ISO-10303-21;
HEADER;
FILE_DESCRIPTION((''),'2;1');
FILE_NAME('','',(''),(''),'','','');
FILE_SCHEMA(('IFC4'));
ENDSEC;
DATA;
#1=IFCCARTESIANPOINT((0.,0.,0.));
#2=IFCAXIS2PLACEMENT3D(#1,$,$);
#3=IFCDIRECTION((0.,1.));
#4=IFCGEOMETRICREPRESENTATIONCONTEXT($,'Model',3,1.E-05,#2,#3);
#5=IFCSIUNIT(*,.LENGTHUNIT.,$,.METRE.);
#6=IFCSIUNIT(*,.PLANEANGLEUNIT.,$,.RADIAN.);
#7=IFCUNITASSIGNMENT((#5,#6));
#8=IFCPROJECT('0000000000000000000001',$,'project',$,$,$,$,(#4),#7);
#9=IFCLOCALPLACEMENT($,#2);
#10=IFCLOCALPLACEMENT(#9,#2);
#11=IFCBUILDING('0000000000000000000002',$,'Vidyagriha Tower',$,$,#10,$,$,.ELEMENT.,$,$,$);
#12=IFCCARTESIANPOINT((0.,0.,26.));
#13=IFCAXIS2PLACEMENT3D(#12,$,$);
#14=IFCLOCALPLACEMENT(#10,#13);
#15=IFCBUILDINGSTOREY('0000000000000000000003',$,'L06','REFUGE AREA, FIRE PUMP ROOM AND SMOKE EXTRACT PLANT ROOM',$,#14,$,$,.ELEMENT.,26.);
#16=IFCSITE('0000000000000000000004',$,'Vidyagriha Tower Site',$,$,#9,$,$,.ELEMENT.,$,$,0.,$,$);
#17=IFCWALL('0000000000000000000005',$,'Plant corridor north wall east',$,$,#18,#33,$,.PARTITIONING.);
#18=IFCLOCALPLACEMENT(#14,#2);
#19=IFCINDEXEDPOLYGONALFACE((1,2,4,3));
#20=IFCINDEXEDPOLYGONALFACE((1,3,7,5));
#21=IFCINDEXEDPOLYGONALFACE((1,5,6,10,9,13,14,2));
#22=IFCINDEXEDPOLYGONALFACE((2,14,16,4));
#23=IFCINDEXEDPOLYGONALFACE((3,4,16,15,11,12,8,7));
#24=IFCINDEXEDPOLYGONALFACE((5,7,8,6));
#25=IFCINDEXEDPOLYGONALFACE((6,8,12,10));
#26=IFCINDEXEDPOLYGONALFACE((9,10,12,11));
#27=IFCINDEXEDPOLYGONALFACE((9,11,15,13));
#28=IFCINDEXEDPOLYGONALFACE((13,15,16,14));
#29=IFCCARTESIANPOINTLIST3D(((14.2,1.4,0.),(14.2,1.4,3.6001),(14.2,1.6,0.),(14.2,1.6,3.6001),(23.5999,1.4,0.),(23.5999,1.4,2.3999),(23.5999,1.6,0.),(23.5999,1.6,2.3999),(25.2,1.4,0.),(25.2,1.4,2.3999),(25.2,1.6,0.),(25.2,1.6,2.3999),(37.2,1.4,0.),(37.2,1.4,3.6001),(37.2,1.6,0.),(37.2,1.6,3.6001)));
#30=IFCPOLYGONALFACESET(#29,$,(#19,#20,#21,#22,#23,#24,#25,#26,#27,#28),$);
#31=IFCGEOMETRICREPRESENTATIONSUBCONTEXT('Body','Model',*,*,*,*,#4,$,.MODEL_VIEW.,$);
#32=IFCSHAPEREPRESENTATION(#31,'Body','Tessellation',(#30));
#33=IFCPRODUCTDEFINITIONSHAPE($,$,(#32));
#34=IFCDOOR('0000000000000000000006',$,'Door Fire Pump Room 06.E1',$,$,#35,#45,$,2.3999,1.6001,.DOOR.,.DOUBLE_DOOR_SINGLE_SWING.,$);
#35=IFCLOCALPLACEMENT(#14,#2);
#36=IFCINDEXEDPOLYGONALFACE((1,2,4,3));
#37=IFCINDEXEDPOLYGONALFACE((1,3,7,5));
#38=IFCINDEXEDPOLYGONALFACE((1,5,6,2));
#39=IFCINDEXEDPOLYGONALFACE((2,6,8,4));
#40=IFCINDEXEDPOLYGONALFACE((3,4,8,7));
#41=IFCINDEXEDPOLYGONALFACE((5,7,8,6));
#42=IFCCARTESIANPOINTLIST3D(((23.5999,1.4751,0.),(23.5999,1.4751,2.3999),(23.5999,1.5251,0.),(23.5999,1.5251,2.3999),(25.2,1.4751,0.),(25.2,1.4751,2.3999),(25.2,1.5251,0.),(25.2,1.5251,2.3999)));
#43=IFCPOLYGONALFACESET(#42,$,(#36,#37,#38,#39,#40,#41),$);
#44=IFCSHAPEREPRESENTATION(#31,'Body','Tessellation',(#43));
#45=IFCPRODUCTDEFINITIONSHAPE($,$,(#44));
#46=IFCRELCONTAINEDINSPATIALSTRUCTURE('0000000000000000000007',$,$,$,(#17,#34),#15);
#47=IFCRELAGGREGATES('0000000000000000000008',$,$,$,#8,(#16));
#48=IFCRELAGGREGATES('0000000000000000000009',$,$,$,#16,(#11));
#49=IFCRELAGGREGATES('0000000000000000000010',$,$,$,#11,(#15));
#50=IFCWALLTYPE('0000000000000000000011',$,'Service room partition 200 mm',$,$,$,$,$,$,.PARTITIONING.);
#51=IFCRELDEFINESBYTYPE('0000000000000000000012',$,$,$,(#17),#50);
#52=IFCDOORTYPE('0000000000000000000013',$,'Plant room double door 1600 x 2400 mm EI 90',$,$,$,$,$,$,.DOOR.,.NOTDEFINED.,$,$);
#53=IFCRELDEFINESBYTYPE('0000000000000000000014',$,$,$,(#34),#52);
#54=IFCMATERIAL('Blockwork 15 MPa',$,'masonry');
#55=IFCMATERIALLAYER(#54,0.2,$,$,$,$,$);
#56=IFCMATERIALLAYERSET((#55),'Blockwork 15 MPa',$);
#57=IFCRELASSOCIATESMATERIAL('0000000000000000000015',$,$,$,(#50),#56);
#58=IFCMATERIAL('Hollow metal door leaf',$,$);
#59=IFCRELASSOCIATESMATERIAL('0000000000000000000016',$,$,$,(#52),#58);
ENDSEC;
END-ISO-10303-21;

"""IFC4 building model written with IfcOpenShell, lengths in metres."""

from ifc_helpers import new_model, si_unit, direction, frame, frame_2d, origin, place, context, subcontext, project, spatial, rectangle, extrude, material, layer, layer_set, type_object, element, fill, save


model = new_model("IFC4")

# Units and contexts
model_context = context("Model", 3, precision=1e-05, world=origin(), true_north=direction((0.0, 1.0)))
body_context = subcontext(model_context, "Body", "Model", "MODEL_VIEW")
ifc_project = project(units=[si_unit("LENGTHUNIT", "METRE"), si_unit("PLANEANGLEUNIT", "RADIAN")], contexts=[model_context])

# Site, building, storey
site_placement = place(None, origin())
site = spatial("IfcSite", under=ifc_project, at=site_placement, Name="Vidyagriha Tower Site", CompositionType="ELEMENT", RefElevation=0.0)
building_placement = place(site_placement, origin())
building = spatial("IfcBuilding", under=site, at=building_placement, Name="Vidyagriha Tower", CompositionType="ELEMENT")
storey_placement = place(building_placement, frame((0.0, 0.0, 26.0)))
storey = spatial("IfcBuildingStorey", under=building, at=storey_placement, Name="L06", Description="REFUGE AREA, FIRE PUMP ROOM AND SMOKE EXTRACT PLANT ROOM", CompositionType="ELEMENT", Elevation=26.0)

# Wall, opening, door
ifc_material_1 = material(Name="Blockwork 15 MPa", Category="masonry")
ifc_layer_1 = layer(ifc_material_1, 0.2)
ifc_layer_set_1 = layer_set([ifc_layer_1], Name="Blockwork 15 MPa")
wall_type_1 = type_object("IfcWallType", Name="Service room partition 200 mm", PredefinedType="PARTITIONING", material=ifc_layer_set_1)
wall_1_placement = place(storey_placement, frame((14.2, 1.5, 0.0)))
wall_1 = element("IfcWall", 1, at=wall_1_placement, inside=storey, type_object=wall_type_1, Name="Plant corridor north wall east", PredefinedType="PARTITIONING", context=body_context, shape_type="SweptSolid", body=[
    extrude(rectangle(XDim=23.0, YDim=0.2, at=frame_2d((11.5, 0.0))), origin(), (0.0, 0.0, 1.0), 3.6001),
])
opening_1_placement = place(wall_1_placement, frame((9.3999, 0.0, 0.0)))
opening_1 = element("IfcOpeningElement", 2, at=opening_1_placement, cuts=wall_1, PredefinedType="OPENING", context=body_context, shape_type="SweptSolid", body=[
    extrude(rectangle(XDim=1.6001, YDim=2.3999, at=frame_2d((0.8, 1.2))), frame((0.0, 0.1099, 0.0), z_axis=(0.0, -1.0, 0.0), x_axis=(1.0, 0.0, 0.0)), (0.0, 0.0, 1.0), 0.22),
])
ifc_material_2 = material(Name="Hollow metal door leaf")
door_type_1 = type_object("IfcDoorType", Name="Plant room double door 1600 x 2400 mm EI 90", OperationType="NOTDEFINED", PredefinedType="DOOR", material=ifc_material_2)
door_1_placement = place(opening_1_placement, frame((1.6001, 0.0, 0.0), z_axis=(0.0, 0.0, 1.0), x_axis=(-1.0, 0.0, 0.0)))
door_1 = element("IfcDoor", 3, at=door_1_placement, inside=storey, type_object=door_type_1, Name="Door Fire Pump Room 06.E1", OperationType="DOUBLE_DOOR_SINGLE_SWING", OverallHeight=2.3999, OverallWidth=1.6001, PredefinedType="DOOR", context=body_context, shape_type="SweptSolid", body=[
    extrude(rectangle(XDim=1.6001, YDim=2.3999, at=frame_2d((0.8, 1.2))), frame((0.0, 0.0249, 0.0), z_axis=(0.0, -1.0, 0.0), x_axis=(1.0, 0.0, 0.0)), (0.0, 0.0, 1.0), 0.05),
])
fill(opening_1, door_1)

save(model, "model.ifc")
